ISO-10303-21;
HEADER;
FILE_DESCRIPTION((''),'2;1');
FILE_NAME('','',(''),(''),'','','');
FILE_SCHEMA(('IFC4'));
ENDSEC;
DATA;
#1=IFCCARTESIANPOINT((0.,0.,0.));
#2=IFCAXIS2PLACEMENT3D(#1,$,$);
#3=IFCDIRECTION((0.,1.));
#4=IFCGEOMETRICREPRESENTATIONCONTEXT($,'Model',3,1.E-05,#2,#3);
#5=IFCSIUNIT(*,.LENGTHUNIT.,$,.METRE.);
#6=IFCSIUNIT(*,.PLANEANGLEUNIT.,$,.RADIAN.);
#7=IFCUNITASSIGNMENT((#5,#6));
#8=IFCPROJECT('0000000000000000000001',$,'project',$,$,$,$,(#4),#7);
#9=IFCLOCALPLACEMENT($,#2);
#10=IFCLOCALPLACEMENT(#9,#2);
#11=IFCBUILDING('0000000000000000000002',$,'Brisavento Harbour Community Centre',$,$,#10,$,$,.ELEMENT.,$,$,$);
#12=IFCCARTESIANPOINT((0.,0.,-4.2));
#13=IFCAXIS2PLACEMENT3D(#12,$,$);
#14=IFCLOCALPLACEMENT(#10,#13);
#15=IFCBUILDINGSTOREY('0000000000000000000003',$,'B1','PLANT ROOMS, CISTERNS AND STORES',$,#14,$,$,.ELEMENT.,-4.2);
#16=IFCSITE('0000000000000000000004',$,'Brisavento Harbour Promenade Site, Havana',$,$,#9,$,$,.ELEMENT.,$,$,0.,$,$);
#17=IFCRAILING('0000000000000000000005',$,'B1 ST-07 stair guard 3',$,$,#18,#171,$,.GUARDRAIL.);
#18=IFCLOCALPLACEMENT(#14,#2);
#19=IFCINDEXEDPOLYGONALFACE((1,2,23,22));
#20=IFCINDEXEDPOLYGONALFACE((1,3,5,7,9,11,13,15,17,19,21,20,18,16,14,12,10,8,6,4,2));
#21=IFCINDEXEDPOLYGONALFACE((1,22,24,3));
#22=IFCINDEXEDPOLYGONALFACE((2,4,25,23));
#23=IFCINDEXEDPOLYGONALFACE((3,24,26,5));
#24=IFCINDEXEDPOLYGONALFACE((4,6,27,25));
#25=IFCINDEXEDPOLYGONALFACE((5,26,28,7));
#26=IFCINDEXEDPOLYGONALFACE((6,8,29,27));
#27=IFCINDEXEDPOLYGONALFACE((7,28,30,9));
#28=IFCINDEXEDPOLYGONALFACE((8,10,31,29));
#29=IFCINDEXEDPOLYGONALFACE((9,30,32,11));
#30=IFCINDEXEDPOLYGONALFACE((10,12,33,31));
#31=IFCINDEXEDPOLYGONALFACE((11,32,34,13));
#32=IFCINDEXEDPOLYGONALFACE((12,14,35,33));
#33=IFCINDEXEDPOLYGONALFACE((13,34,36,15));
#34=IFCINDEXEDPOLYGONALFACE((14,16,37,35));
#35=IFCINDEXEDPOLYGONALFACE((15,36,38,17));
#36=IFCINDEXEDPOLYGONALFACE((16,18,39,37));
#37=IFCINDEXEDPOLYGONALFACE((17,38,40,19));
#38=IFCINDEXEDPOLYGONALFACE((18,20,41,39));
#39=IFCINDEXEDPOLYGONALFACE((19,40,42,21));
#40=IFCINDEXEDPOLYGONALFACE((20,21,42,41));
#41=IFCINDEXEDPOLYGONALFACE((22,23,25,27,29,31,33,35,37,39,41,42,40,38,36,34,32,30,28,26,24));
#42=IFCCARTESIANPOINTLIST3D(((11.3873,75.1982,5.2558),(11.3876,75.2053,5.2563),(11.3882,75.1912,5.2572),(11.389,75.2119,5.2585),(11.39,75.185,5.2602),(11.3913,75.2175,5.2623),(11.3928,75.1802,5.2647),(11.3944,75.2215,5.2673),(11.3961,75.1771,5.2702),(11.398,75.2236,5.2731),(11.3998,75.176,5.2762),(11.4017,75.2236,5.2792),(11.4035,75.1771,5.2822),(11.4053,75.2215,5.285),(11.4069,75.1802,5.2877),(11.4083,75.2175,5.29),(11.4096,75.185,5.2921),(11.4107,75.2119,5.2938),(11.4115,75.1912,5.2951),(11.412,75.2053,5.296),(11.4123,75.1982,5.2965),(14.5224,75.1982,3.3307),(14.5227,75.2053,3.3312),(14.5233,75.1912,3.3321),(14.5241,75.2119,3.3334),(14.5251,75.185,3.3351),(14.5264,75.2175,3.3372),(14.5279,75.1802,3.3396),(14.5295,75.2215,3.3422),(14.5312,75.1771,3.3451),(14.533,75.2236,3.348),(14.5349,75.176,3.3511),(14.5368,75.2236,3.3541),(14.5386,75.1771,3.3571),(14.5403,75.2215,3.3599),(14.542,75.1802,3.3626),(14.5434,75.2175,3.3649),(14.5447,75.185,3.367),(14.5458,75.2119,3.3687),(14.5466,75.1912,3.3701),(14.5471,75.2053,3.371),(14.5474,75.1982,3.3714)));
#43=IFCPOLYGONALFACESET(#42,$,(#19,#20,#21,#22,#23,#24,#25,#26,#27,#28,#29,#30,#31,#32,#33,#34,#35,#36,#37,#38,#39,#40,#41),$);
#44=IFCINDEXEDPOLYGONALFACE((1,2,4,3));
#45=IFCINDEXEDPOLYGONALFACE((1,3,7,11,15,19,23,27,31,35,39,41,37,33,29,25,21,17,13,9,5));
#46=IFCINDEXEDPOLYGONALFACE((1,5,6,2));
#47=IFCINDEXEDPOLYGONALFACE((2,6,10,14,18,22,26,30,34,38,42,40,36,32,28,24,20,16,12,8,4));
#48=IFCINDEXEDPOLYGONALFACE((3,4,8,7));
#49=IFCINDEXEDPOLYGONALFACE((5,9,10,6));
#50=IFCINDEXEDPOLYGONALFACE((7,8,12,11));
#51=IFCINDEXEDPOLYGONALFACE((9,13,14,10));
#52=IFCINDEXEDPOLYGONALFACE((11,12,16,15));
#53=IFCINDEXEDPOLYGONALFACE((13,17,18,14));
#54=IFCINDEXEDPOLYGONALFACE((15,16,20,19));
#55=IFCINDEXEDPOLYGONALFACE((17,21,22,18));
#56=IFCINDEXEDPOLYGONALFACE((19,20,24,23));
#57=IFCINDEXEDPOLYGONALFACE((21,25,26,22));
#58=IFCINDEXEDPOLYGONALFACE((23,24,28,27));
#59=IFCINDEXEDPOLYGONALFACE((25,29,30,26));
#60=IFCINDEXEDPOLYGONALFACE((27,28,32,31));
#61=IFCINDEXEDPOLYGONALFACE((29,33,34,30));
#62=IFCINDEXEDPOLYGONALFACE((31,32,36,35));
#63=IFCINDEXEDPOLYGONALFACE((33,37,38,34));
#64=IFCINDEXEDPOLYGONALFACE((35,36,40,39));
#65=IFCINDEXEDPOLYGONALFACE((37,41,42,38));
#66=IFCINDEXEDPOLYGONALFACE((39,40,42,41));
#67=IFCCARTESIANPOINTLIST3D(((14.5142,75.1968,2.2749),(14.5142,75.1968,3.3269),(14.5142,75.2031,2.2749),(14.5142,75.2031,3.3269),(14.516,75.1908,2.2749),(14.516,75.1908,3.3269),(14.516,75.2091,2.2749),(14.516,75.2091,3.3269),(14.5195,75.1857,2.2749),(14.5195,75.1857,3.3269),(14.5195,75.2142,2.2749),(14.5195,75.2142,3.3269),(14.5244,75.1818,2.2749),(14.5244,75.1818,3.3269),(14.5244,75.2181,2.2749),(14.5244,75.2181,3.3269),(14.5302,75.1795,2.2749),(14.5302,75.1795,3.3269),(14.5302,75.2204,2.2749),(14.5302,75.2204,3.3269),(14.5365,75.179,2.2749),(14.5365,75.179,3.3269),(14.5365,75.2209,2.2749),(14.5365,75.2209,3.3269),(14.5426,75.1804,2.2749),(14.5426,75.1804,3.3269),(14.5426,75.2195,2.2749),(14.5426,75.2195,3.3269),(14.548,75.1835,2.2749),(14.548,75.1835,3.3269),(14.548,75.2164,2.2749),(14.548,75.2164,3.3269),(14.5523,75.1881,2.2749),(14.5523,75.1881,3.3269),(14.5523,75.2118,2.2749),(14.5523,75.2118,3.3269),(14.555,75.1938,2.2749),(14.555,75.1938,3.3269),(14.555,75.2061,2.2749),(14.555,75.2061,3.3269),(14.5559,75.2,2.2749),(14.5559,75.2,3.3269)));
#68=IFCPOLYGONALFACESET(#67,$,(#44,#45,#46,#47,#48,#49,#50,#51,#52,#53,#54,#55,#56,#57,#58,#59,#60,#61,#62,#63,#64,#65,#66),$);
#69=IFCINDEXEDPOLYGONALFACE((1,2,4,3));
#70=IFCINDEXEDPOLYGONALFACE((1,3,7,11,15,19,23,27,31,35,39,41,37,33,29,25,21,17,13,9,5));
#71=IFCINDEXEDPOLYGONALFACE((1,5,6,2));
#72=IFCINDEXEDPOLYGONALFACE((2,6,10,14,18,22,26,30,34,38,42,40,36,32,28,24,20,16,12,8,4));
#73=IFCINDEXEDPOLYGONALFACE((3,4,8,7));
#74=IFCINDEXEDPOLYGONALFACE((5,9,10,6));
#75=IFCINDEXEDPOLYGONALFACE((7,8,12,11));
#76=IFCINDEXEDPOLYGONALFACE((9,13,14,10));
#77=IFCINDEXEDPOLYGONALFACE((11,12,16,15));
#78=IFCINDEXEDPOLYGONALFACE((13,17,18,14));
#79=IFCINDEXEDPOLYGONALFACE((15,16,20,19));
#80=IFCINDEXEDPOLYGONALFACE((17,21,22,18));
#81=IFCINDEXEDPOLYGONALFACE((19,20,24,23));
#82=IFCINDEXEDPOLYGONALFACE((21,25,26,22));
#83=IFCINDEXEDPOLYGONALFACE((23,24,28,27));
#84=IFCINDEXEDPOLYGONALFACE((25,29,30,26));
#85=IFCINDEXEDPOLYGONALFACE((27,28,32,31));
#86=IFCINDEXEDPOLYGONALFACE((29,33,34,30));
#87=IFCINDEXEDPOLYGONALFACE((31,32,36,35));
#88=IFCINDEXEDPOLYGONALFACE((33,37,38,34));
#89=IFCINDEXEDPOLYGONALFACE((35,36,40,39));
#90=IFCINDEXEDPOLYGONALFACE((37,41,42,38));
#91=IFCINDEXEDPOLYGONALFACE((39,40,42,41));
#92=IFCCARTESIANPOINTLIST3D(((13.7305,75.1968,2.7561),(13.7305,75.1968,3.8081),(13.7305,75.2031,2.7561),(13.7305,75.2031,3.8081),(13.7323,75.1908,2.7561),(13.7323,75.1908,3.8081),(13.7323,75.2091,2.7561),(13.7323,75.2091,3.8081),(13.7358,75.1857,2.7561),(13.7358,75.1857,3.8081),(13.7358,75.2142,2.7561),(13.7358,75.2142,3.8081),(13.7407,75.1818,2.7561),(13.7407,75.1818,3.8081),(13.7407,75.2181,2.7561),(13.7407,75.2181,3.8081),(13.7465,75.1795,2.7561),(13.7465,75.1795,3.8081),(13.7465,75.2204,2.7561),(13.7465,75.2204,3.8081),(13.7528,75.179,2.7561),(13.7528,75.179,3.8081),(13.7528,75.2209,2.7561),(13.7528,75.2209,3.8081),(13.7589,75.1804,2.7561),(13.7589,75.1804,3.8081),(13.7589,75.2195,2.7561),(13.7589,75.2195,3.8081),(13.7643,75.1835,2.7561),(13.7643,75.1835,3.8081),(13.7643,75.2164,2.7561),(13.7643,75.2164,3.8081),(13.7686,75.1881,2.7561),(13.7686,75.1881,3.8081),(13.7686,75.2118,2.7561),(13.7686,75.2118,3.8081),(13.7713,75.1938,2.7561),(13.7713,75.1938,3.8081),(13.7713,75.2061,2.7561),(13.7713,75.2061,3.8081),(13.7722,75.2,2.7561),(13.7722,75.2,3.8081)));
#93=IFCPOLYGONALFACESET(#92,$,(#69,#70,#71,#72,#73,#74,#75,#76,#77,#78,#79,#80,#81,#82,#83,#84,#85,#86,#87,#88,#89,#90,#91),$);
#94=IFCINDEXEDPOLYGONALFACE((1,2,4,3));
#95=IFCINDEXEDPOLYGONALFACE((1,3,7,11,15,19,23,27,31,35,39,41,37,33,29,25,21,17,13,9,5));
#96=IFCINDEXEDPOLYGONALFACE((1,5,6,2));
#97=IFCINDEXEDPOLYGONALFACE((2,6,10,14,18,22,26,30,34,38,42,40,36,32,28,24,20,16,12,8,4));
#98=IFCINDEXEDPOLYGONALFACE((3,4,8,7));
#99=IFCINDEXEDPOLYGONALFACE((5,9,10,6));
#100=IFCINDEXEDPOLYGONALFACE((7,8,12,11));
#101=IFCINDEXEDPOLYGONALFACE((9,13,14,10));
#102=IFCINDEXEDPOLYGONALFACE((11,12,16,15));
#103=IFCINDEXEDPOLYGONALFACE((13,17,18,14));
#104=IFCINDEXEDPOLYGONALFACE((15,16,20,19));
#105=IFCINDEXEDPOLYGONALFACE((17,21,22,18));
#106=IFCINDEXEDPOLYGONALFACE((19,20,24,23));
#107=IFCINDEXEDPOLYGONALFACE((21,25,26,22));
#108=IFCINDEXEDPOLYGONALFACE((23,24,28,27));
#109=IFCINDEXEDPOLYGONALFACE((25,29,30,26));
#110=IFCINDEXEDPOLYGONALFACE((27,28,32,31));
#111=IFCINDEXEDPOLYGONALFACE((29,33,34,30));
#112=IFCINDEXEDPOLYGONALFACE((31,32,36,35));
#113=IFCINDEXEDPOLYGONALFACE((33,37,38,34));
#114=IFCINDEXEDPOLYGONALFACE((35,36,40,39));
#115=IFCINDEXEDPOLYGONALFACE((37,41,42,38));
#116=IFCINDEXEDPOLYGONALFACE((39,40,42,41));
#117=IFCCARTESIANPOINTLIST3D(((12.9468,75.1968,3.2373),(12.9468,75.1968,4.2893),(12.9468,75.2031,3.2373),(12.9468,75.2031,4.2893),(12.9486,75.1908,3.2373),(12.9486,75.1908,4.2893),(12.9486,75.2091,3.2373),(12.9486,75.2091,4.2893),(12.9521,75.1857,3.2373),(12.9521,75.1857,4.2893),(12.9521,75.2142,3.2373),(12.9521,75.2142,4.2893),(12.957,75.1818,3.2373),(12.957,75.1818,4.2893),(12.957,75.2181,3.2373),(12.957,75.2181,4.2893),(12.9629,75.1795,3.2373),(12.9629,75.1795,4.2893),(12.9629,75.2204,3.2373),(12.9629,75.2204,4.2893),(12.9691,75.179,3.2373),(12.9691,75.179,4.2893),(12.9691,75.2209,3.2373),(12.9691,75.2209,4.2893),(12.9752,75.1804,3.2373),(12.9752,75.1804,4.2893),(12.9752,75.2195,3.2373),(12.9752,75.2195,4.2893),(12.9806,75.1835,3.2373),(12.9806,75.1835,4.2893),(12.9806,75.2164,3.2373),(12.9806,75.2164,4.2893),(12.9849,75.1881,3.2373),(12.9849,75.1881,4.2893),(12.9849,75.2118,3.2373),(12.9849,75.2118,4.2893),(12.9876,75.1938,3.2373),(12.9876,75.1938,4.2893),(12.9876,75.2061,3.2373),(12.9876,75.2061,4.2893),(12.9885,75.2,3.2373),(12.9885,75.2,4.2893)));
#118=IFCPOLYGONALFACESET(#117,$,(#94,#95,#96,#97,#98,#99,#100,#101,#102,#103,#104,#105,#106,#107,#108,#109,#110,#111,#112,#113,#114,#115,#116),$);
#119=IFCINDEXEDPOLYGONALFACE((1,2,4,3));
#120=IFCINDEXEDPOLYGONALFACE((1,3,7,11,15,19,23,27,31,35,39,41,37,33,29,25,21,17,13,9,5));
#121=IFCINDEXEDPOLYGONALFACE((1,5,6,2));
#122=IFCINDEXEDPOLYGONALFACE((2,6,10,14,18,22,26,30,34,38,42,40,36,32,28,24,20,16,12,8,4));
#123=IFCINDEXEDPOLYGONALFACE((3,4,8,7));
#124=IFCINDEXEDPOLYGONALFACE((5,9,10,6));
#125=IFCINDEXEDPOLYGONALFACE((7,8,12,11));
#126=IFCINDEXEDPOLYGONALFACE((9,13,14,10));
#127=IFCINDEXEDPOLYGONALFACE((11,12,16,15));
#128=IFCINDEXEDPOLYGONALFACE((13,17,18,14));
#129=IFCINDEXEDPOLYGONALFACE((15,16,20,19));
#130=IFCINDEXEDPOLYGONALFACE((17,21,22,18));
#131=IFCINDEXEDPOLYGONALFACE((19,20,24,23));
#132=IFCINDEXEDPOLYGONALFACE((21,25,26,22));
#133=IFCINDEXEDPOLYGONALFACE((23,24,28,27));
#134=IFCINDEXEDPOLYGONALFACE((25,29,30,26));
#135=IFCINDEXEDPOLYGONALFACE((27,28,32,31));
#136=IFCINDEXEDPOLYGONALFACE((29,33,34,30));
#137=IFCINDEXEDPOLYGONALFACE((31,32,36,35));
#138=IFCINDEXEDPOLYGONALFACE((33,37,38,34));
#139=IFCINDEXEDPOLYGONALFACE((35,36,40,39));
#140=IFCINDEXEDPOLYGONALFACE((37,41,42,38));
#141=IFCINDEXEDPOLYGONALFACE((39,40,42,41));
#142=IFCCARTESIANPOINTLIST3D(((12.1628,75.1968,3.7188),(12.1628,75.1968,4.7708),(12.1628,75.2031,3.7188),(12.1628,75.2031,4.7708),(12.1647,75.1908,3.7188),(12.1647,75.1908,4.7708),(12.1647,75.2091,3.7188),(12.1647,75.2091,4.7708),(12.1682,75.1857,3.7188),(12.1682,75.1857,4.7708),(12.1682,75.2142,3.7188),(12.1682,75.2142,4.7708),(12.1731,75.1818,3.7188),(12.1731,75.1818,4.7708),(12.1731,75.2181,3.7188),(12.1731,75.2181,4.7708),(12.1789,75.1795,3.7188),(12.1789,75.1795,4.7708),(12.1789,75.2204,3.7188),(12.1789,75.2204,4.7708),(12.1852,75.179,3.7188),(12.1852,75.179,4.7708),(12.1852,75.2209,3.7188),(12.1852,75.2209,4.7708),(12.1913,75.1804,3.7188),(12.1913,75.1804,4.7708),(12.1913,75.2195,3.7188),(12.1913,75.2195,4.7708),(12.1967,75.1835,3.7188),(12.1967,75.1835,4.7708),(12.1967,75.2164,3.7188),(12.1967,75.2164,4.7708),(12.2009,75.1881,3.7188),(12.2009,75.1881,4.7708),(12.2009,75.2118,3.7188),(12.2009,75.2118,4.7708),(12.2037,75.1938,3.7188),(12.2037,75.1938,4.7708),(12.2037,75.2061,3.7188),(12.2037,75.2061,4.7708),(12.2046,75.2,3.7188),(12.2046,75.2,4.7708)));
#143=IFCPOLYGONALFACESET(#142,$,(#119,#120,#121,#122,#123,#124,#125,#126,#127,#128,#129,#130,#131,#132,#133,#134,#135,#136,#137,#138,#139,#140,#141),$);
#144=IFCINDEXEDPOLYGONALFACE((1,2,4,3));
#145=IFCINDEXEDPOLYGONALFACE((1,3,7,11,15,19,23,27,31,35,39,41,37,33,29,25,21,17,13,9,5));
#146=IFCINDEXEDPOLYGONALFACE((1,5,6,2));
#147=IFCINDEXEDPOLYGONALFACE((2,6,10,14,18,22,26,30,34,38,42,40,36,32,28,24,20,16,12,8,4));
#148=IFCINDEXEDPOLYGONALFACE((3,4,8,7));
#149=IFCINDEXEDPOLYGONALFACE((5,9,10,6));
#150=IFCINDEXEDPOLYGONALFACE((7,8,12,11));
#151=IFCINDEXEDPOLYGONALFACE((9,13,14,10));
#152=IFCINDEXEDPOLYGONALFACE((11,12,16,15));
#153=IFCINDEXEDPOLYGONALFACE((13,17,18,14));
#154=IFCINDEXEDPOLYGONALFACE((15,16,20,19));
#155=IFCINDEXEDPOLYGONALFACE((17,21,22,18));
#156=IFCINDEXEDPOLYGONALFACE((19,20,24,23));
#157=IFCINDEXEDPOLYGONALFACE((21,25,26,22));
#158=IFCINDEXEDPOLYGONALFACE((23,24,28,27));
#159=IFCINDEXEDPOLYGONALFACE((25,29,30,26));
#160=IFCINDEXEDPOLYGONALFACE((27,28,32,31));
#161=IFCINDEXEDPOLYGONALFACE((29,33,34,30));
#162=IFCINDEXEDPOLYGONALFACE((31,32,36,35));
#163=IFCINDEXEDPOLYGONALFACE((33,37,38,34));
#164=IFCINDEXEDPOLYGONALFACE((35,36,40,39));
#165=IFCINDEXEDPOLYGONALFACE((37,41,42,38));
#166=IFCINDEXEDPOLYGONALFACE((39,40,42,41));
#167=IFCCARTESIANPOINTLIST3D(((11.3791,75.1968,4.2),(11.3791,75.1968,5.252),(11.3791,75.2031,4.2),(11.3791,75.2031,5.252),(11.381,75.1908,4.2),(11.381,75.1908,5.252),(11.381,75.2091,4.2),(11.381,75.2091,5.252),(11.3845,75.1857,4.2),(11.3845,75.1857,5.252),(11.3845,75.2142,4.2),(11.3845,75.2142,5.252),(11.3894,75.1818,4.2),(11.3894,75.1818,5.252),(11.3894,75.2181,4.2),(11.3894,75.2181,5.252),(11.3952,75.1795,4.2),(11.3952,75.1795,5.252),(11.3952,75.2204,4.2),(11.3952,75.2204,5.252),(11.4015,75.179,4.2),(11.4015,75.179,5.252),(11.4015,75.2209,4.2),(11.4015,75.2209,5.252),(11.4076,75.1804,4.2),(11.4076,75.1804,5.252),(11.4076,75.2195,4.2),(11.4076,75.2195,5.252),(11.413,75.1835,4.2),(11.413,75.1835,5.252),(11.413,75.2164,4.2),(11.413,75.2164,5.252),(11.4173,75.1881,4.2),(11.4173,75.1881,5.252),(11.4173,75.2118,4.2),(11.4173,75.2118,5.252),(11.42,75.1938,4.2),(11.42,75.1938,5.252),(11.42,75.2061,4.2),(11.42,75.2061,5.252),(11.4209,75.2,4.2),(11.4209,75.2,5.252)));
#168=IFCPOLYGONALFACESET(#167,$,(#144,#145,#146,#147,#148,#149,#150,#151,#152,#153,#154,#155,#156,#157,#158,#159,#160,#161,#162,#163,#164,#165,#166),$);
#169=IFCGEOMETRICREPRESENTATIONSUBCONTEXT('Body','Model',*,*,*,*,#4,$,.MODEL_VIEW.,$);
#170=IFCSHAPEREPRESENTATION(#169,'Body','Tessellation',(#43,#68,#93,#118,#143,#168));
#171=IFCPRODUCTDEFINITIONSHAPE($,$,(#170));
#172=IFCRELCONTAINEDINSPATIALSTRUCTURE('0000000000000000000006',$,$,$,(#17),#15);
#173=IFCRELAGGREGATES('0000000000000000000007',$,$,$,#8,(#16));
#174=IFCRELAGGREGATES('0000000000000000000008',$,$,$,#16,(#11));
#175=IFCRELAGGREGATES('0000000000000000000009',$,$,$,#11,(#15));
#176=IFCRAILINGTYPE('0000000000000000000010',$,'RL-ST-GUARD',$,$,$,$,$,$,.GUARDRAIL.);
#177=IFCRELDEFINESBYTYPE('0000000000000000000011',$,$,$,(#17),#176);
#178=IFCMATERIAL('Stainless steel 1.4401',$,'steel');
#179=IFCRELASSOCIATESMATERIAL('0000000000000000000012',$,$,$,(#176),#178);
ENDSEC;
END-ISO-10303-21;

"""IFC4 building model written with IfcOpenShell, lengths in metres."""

from ifc_helpers import new_model, si_unit, direction, frame, origin, origin_2d, place, context, subcontext, project, spatial, circle, extrude, material, type_object, element, save


model = new_model("IFC4")

# Units and contexts
model_context = context("Model", 3, precision=1e-05, world=origin(), true_north=direction((0.0, 1.0)))
body_context = subcontext(model_context, "Body", "Model", "MODEL_VIEW")
ifc_project = project(units=[si_unit("LENGTHUNIT", "METRE"), si_unit("PLANEANGLEUNIT", "RADIAN")], contexts=[model_context])

# Site, building, storey
site_placement = place(None, origin())
site = spatial("IfcSite", under=ifc_project, at=site_placement, Name="Brisavento Harbour Promenade Site, Havana", CompositionType="ELEMENT", RefElevation=0.0)
building_placement = place(site_placement, origin())
building = spatial("IfcBuilding", under=site, at=building_placement, Name="Brisavento Harbour Community Centre", CompositionType="ELEMENT")
storey_placement = place(building_placement, frame((0.0, 0.0, -4.2)))
storey = spatial("IfcBuildingStorey", under=building, at=storey_placement, Name="B1", Description="PLANT ROOMS, CISTERNS AND STORES", CompositionType="ELEMENT", Elevation=-4.2)

# Railing
ifc_material_1 = material(Name="Stainless steel 1.4401", Category="steel")
railing_type_1 = type_object("IfcRailingType", Name="RL-ST-GUARD", PredefinedType="GUARDRAIL", material=ifc_material_1)
railing_1_placement = place(storey_placement, frame((14.5349, 75.2, 2.2749)))
element("IfcRailing", 1, at=railing_1_placement, inside=storey, type_object=railing_type_1, Name="B1 ST-07 stair guard 3", PredefinedType="GUARDRAIL", context=body_context, shape_type="SweptSolid", body=[
    extrude(circle(Radius=0.0239, at=origin_2d()), frame((0.0, 0.0, 1.0762), z_axis=(-0.852166, 0.0, 0.523271), x_axis=(0.0, -1.0, 0.0)), (0.0, 0.0, 1.0), 3.679),
    extrude(circle(Radius=0.021, at=origin_2d()), origin(), (0.0, 0.0, 1.0), 1.052),
    extrude(circle(Radius=0.021, at=origin_2d()), frame((-0.7837, 0.0, 0.4812)), (0.0, 0.0, 1.0), 1.052),
    extrude(circle(Radius=0.021, at=origin_2d()), frame((-1.5674, 0.0, 0.9624)), (0.0, 0.0, 1.0), 1.052),
    extrude(circle(Radius=0.021, at=origin_2d()), frame((-2.3513, 0.0, 1.4438)), (0.0, 0.0, 1.0), 1.052),
    extrude(circle(Radius=0.021, at=origin_2d()), frame((-3.135, 0.0, 1.925)), (0.0, 0.0, 1.0), 1.052),
])

save(model, "model.ifc")
